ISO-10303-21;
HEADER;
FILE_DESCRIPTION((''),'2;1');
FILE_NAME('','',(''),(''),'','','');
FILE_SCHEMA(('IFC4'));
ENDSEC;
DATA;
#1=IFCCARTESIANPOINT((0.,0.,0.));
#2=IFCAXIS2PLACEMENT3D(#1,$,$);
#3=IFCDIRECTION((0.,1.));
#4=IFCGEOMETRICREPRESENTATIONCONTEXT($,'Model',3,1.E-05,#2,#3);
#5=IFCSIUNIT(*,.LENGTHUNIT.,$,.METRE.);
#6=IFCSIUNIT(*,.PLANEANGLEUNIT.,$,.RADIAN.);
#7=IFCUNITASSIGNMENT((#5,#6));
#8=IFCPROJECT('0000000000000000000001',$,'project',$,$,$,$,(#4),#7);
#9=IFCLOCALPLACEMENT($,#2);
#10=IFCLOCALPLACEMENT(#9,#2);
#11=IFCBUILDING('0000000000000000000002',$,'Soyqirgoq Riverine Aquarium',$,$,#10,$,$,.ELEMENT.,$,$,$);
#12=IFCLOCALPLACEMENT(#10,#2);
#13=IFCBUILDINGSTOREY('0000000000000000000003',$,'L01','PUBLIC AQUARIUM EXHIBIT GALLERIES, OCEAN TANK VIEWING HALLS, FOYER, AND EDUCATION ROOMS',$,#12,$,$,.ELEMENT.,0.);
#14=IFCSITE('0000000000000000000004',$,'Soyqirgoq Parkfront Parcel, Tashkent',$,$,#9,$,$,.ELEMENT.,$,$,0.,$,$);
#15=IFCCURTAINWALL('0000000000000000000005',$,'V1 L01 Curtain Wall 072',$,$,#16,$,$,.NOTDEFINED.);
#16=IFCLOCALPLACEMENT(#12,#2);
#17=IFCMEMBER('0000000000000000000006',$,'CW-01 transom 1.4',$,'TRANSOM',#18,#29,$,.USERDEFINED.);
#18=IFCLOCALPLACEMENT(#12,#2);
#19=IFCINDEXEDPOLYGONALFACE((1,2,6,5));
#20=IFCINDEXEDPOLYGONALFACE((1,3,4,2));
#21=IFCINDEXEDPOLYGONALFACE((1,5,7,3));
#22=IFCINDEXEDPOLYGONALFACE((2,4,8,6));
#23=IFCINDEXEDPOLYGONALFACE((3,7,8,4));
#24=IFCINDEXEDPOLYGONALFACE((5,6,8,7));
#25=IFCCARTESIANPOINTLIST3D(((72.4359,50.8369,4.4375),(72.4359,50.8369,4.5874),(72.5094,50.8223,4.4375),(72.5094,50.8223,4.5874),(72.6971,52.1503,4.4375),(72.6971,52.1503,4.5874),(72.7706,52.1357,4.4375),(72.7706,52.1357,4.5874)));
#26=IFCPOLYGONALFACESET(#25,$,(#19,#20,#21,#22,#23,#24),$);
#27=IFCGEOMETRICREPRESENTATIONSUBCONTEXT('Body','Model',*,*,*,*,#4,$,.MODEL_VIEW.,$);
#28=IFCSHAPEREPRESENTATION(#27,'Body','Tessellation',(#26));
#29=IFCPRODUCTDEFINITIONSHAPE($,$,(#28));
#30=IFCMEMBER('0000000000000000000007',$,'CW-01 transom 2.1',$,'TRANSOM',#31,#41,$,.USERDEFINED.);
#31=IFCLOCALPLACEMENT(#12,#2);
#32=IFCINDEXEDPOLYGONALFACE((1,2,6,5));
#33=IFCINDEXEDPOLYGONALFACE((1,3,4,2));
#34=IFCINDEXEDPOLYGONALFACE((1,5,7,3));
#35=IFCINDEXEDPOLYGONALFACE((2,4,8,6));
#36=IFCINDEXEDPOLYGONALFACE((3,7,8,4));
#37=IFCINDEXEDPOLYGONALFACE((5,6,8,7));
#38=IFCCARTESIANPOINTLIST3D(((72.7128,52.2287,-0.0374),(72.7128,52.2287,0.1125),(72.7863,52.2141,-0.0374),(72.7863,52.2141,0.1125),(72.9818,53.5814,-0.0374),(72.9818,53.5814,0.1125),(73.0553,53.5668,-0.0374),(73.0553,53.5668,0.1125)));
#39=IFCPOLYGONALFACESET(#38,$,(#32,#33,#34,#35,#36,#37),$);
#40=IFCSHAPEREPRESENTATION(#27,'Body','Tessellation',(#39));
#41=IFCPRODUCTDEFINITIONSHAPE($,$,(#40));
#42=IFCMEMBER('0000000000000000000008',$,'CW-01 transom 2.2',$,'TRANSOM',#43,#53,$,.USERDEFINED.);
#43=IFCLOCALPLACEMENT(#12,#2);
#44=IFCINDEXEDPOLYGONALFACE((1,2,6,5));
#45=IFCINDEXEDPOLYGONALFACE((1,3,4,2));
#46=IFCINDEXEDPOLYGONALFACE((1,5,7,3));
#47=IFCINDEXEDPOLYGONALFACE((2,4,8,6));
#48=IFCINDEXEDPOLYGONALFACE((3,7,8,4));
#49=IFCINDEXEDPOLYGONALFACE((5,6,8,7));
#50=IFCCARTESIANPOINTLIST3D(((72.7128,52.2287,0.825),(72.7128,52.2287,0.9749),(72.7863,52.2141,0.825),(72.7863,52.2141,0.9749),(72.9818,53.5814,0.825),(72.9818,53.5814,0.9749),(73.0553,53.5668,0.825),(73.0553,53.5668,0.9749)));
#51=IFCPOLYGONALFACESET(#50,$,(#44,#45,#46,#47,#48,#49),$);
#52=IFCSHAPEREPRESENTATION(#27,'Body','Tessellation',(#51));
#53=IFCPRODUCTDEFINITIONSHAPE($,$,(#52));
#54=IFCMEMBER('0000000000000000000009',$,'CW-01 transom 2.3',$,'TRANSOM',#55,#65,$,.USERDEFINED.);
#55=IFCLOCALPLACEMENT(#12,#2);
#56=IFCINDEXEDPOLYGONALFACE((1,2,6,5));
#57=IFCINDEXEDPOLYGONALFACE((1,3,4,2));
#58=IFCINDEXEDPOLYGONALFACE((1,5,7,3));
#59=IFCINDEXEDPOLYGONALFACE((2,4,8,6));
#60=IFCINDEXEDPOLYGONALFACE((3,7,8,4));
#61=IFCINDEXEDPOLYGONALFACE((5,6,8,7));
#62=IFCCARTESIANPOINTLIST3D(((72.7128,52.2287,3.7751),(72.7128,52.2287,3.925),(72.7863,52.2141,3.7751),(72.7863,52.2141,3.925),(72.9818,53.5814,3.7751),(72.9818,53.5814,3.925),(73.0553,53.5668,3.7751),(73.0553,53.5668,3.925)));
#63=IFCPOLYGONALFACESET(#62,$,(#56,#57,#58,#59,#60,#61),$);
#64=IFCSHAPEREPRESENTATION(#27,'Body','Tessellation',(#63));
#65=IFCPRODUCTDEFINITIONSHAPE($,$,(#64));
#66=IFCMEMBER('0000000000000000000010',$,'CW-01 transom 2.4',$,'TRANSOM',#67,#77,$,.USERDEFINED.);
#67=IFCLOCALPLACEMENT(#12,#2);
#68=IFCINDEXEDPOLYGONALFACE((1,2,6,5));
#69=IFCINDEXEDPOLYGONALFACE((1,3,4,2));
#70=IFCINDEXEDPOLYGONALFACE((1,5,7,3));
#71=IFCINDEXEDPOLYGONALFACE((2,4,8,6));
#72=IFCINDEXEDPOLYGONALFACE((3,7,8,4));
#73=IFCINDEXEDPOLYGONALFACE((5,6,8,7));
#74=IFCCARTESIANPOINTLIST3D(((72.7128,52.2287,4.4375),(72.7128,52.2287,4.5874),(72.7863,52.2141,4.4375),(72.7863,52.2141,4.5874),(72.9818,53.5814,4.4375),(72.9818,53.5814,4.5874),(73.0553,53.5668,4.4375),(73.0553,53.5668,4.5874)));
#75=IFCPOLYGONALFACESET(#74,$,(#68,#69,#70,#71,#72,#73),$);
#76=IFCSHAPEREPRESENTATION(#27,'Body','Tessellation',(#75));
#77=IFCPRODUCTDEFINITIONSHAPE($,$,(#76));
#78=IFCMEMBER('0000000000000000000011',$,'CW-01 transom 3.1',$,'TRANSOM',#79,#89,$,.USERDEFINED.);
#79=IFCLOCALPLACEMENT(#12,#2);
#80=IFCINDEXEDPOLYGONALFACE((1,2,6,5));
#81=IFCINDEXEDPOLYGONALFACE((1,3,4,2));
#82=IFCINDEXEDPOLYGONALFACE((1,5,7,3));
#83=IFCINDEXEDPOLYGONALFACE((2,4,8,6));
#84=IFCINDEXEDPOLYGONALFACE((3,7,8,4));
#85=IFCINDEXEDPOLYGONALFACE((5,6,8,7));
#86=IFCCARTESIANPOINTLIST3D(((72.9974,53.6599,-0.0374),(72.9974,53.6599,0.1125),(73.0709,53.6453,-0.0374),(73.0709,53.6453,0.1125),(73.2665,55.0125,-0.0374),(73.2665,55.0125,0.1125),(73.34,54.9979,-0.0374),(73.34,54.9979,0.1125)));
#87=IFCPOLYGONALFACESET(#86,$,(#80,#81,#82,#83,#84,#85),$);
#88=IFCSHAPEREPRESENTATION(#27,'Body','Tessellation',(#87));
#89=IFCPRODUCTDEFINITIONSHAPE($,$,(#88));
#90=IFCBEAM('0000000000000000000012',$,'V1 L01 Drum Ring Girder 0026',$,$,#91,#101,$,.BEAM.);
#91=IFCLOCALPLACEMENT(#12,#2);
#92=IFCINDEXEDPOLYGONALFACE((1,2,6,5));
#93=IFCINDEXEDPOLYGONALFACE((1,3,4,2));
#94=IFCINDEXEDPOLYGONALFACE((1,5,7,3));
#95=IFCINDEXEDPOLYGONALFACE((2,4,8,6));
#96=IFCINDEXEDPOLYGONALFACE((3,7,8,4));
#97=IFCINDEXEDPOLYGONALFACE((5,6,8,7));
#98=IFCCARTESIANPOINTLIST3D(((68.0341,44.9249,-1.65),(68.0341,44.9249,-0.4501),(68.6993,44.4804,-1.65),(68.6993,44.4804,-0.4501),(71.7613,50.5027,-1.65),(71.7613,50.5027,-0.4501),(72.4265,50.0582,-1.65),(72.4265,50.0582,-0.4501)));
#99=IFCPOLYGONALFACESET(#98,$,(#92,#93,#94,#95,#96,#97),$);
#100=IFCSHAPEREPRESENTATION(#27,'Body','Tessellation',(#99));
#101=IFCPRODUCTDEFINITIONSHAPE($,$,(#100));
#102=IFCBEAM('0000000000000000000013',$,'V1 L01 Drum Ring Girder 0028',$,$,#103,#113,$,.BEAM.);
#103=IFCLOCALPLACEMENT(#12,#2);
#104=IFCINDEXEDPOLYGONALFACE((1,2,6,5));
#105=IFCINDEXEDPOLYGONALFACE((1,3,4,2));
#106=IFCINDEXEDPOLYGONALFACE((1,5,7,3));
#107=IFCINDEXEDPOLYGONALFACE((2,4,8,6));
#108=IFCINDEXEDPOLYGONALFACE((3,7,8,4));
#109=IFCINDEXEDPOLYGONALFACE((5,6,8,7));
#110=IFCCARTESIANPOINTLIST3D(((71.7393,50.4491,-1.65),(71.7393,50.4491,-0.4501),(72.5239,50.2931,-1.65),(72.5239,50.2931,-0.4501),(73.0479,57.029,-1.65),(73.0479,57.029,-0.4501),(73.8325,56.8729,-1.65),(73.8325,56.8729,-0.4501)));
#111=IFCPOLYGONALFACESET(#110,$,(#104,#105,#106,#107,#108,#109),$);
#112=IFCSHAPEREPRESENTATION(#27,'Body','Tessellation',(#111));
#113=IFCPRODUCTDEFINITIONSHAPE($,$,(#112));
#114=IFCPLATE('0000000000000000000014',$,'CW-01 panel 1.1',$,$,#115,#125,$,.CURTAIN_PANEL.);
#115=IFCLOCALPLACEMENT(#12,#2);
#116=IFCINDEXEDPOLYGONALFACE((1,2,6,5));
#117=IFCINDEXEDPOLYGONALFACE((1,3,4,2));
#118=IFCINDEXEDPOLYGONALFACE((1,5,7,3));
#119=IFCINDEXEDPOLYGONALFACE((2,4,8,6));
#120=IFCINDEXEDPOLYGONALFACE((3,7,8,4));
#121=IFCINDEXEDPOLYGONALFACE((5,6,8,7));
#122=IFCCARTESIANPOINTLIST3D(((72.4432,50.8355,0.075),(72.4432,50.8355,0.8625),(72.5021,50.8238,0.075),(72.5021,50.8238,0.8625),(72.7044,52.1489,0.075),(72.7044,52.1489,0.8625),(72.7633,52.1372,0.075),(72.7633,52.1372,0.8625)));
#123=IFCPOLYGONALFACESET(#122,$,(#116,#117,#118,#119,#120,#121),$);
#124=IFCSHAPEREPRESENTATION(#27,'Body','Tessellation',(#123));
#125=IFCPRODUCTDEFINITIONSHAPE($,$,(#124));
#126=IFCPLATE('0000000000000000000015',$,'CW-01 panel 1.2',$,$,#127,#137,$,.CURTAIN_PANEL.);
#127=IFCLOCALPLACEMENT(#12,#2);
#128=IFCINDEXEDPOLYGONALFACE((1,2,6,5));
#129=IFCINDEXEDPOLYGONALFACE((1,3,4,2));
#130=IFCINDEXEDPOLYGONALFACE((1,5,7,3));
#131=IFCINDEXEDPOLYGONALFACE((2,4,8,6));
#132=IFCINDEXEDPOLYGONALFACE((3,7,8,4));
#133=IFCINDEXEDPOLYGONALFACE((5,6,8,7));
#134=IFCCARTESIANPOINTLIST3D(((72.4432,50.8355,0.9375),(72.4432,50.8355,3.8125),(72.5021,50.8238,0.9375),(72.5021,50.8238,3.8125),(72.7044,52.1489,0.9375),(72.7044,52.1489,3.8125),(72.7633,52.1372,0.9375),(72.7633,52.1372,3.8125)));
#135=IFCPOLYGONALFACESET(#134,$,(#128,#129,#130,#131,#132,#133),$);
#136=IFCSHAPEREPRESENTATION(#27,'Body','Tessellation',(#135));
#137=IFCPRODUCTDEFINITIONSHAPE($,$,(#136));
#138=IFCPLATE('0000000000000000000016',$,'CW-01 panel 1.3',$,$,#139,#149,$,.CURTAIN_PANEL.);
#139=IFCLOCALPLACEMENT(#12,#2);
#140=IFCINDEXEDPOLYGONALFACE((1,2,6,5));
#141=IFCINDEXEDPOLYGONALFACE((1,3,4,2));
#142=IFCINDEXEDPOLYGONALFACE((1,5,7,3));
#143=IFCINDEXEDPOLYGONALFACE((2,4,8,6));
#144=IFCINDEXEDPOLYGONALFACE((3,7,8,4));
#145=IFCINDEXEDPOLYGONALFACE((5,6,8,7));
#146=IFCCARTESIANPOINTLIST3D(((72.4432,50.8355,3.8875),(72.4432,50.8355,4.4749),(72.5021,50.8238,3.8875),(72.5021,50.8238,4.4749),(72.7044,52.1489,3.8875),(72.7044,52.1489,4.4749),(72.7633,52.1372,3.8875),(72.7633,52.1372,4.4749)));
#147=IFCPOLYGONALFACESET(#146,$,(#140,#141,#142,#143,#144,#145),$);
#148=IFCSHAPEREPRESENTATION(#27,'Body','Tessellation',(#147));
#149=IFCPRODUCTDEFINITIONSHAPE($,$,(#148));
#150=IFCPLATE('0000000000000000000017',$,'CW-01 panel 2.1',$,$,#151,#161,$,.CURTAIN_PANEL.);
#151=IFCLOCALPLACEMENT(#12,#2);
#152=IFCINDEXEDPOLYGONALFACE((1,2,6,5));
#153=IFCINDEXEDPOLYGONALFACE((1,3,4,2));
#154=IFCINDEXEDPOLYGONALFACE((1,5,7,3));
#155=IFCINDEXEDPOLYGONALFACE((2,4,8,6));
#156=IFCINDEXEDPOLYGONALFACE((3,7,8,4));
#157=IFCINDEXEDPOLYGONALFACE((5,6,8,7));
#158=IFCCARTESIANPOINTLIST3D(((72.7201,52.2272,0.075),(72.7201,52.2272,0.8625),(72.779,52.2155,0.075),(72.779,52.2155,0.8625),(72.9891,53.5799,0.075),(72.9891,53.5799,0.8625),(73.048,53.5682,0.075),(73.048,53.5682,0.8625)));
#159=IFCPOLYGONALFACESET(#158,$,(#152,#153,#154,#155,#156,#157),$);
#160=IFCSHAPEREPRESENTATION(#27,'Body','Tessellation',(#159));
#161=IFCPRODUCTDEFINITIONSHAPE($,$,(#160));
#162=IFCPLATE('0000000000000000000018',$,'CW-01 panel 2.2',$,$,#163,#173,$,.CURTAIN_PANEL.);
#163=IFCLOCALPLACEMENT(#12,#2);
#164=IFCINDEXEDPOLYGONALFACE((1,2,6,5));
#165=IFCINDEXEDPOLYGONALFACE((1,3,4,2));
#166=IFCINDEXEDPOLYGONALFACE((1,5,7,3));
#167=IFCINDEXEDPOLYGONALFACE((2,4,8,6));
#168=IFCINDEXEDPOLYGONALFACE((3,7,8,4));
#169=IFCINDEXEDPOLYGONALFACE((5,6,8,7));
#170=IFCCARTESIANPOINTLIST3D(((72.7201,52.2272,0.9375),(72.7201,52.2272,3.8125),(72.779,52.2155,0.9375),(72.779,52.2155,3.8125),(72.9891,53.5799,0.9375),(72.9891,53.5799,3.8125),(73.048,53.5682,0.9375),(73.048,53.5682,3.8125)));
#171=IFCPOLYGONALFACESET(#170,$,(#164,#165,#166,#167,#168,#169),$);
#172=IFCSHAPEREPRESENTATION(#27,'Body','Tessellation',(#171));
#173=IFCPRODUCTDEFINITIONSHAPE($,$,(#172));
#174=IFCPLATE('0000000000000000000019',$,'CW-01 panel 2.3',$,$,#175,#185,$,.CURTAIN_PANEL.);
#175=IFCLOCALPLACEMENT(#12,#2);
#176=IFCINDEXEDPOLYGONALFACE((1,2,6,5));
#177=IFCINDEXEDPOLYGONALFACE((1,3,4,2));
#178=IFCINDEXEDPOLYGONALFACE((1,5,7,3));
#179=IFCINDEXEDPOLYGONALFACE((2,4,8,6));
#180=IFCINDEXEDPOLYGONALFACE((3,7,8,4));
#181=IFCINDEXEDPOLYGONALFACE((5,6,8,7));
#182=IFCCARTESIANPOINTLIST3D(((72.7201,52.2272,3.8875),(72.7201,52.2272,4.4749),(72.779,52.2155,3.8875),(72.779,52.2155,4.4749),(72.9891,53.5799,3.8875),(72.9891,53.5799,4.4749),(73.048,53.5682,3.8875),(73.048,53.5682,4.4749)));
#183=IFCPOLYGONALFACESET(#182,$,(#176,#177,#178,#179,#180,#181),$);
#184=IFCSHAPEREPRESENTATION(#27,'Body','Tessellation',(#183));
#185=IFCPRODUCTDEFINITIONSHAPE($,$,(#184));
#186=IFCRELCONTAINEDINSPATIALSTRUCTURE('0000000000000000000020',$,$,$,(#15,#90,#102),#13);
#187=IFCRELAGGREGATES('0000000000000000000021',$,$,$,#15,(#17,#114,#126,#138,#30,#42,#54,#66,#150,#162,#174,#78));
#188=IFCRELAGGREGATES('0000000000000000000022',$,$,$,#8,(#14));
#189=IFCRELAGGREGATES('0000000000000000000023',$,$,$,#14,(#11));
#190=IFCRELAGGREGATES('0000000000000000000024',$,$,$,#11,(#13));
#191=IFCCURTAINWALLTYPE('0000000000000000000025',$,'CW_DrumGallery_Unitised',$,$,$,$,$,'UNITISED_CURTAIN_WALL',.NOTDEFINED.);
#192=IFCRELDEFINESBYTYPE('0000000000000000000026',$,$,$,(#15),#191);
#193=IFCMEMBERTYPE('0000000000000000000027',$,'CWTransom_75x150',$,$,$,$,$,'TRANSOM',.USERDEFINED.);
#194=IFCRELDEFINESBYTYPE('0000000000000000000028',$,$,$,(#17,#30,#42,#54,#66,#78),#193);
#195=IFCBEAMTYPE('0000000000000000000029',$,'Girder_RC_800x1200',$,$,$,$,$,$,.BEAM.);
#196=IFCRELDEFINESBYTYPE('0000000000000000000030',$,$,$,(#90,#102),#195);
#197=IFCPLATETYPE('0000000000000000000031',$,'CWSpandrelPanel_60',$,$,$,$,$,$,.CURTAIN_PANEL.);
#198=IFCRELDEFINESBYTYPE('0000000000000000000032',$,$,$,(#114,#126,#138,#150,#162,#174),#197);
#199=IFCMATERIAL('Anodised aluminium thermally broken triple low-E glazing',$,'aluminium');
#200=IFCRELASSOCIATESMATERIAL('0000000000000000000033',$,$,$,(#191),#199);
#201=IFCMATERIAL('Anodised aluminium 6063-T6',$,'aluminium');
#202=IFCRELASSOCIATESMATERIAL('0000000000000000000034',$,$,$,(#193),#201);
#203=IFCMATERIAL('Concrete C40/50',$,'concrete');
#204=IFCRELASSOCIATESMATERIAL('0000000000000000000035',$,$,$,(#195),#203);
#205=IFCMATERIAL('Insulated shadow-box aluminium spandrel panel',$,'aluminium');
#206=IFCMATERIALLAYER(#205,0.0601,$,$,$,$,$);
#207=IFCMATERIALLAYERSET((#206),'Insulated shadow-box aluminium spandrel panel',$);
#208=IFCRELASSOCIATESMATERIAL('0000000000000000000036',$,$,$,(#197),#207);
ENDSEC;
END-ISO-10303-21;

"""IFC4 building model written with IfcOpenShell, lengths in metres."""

from ifc_helpers import new_model, si_unit, direction, frame, origin, origin_2d, place, context, subcontext, project, spatial, rectangle, extrude, material, layer, layer_set, material_profile, profile_set, type_object, element, aggregate, save


model = new_model("IFC4")

# Units and contexts
model_context = context("Model", 3, precision=1e-05, world=origin(), true_north=direction((0.0, 1.0)))
body_context = subcontext(model_context, "Body", "Model", "MODEL_VIEW")
ifc_project = project(units=[si_unit("LENGTHUNIT", "METRE"), si_unit("PLANEANGLEUNIT", "RADIAN")], contexts=[model_context])

# Site, building, storey
site_placement = place(None, origin())
site = spatial("IfcSite", under=ifc_project, at=site_placement, Name="Soyqirgoq Parkfront Parcel, Tashkent", CompositionType="ELEMENT", RefElevation=0.0)
building_placement = place(site_placement, origin())
building = spatial("IfcBuilding", under=site, at=building_placement, Name="Soyqirgoq Riverine Aquarium", CompositionType="ELEMENT")
storey_placement = place(building_placement, origin())
storey = spatial("IfcBuildingStorey", under=building, at=storey_placement, Name="L01", Description="PUBLIC AQUARIUM EXHIBIT GALLERIES, OCEAN TANK VIEWING HALLS, FOYER, AND EDUCATION ROOMS", CompositionType="ELEMENT", Elevation=0.0)

# Curtain wall, members
ifc_material_1 = material(Name="Anodised aluminium thermally broken triple low-E glazing", Category="aluminium")
curtain_wall_type = type_object("IfcCurtainWallType", Name="CW_DrumGallery_Unitised", ElementType="UNITISED_CURTAIN_WALL", PredefinedType="NOTDEFINED", material=ifc_material_1)
curtain_wall_placement = place(storey_placement, origin())
curtain_wall = element("IfcCurtainWall", 1, at=curtain_wall_placement, inside=storey, type_object=curtain_wall_type, Name="V1 L01 Curtain Wall 072", PredefinedType="NOTDEFINED")
ifc_material_2 = material(Name="Anodised aluminium 6063-T6", Category="aluminium")
ifc_material_profile_1 = material_profile(ifc_material_2, rectangle(XDim=0.075, YDim=0.1499, at=origin_2d()), Name="ALU-T 75x150")
ifc_profile_set_1 = profile_set([ifc_material_profile_1], Name="Anodised aluminium 6063-T6")
member_type_1 = type_object("IfcMemberType", Name="CWTransom_75x150", ElementType="TRANSOM", PredefinedType="USERDEFINED", material=ifc_profile_set_1)
member_1_placement = place(storey_placement, frame((72.4727, 50.8296, 4.5125), z_axis=(0.195064, 0.98079, 0.0), x_axis=(-0.98079, 0.195064, 0.0)))
member_1 = element("IfcMember", 2, at=member_1_placement, type_object=member_type_1, Name="CW-01 transom 1.4", ObjectType="TRANSOM", PredefinedType="USERDEFINED", context=body_context, shape_type="SweptSolid", body=[
    extrude(rectangle(XDim=0.075, YDim=0.1499, at=origin_2d()), origin(), (0.0, 0.0, 1.0), 1.3391),
])
member_2_placement = place(storey_placement, frame((72.7495, 52.2214, 0.0376), z_axis=(0.195095, 0.980784, 0.0), x_axis=(-0.980784, 0.195095, 0.0)))
member_2 = element("IfcMember", 3, at=member_2_placement, type_object=member_type_1, Name="CW-01 transom 2.1", ObjectType="TRANSOM", PredefinedType="USERDEFINED", context=body_context, shape_type="SweptSolid", body=[
    extrude(rectangle(XDim=0.075, YDim=0.1499, at=origin_2d()), origin(), (0.0, 0.0, 1.0), 1.3792),
])
member_3_placement = place(storey_placement, frame((72.7495, 52.2214, 0.8999), z_axis=(0.195095, 0.980784, 0.0), x_axis=(-0.980784, 0.195095, 0.0)))
member_3 = element("IfcMember", 4, at=member_3_placement, type_object=member_type_1, Name="CW-01 transom 2.2", ObjectType="TRANSOM", PredefinedType="USERDEFINED", context=body_context, shape_type="SweptSolid", body=[
    extrude(rectangle(XDim=0.075, YDim=0.1499, at=origin_2d()), origin(), (0.0, 0.0, 1.0), 1.3792),
])
member_4_placement = place(storey_placement, frame((72.7495, 52.2214, 3.8501), z_axis=(0.195095, 0.980784, 0.0), x_axis=(-0.980784, 0.195095, 0.0)))
member_4 = element("IfcMember", 5, at=member_4_placement, type_object=member_type_1, Name="CW-01 transom 2.3", ObjectType="TRANSOM", PredefinedType="USERDEFINED", context=body_context, shape_type="SweptSolid", body=[
    extrude(rectangle(XDim=0.075, YDim=0.1499, at=origin_2d()), origin(), (0.0, 0.0, 1.0), 1.3792),
])
member_5_placement = place(storey_placement, frame((72.7495, 52.2214, 4.5125), z_axis=(0.195095, 0.980784, 0.0), x_axis=(-0.980784, 0.195095, 0.0)))
member_5 = element("IfcMember", 6, at=member_5_placement, type_object=member_type_1, Name="CW-01 transom 2.4", ObjectType="TRANSOM", PredefinedType="USERDEFINED", context=body_context, shape_type="SweptSolid", body=[
    extrude(rectangle(XDim=0.075, YDim=0.1499, at=origin_2d()), origin(), (0.0, 0.0, 1.0), 1.3792),
])
member_6_placement = place(storey_placement, frame((73.0342, 53.6526, 0.0376), z_axis=(0.195095, 0.980784, 0.0), x_axis=(-0.980784, 0.195095, 0.0)))
member_6 = element("IfcMember", 7, at=member_6_placement, type_object=member_type_1, Name="CW-01 transom 3.1", ObjectType="TRANSOM", PredefinedType="USERDEFINED", context=body_context, shape_type="SweptSolid", body=[
    extrude(rectangle(XDim=0.075, YDim=0.1499, at=origin_2d()), origin(), (0.0, 0.0, 1.0), 1.3792),
])

# Beams
ifc_material_3 = material(Name="Concrete C40/50", Category="concrete")
ifc_material_profile_2 = material_profile(ifc_material_3, rectangle(XDim=0.8, YDim=1.2, at=origin_2d()), Name="RC 800x1200")
ifc_profile_set_2 = profile_set([ifc_material_profile_2], Name="Concrete C40/50")
beam_type = type_object("IfcBeamType", Name="Girder_RC_800x1200", PredefinedType="BEAM", material=ifc_profile_set_2)
beam_1_placement = place(storey_placement, frame((68.3667, 44.7026, -1.05), z_axis=(0.555598, 0.831451, 0.0), x_axis=(-0.831451, 0.555598, 0.0)))
element("IfcBeam", 8, at=beam_1_placement, inside=storey, type_object=beam_type, Name="V1 L01 Drum Ring Girder 0026", PredefinedType="BEAM", context=body_context, shape_type="SweptSolid", body=[
    extrude(rectangle(XDim=0.8, YDim=1.2, at=origin_2d()), origin(), (0.0, 0.0, 1.0), 6.7085),
])
beam_2_placement = place(storey_placement, frame((72.1316, 50.3711, -1.05), z_axis=(0.195059, 0.980791, 0.0), x_axis=(-0.980791, 0.195059, 0.0)))
element("IfcBeam", 9, at=beam_2_placement, inside=storey, type_object=beam_type, Name="V1 L01 Drum Ring Girder 0028", PredefinedType="BEAM", context=body_context, shape_type="SweptSolid", body=[
    extrude(rectangle(XDim=0.8, YDim=1.2, at=origin_2d()), origin(), (0.0, 0.0, 1.0), 6.7087),
])

# Plates
ifc_material_4 = material(Name="Insulated shadow-box aluminium spandrel panel", Category="aluminium")
ifc_layer_1 = layer(ifc_material_4, 0.0601)
ifc_layer_set_1 = layer_set([ifc_layer_1], Name="Insulated shadow-box aluminium spandrel panel")
plate_type = type_object("IfcPlateType", Name="CWSpandrelPanel_60", PredefinedType="CURTAIN_PANEL", material=ifc_layer_set_1)
plate_1_placement = place(storey_placement, frame((72.6033, 51.4863, 0.075), z_axis=(0.0, 0.0, 1.0), x_axis=(0.195075, 0.980788, 0.0)))
plate_1 = element("IfcPlate", 10, at=plate_1_placement, type_object=plate_type, Name="CW-01 panel 1.1", PredefinedType="CURTAIN_PANEL", context=body_context, shape_type="SweptSolid", body=[
    extrude(rectangle(XDim=1.3391, YDim=0.0601, at=origin_2d()), origin(), (0.0, 0.0, 1.0), 0.7876),
])
plate_2_placement = place(storey_placement, frame((72.6033, 51.4863, 0.9375), z_axis=(0.0, 0.0, 1.0), x_axis=(0.195075, 0.980788, 0.0)))
plate_2 = element("IfcPlate", 11, at=plate_2_placement, type_object=plate_type, Name="CW-01 panel 1.2", PredefinedType="CURTAIN_PANEL", context=body_context, shape_type="SweptSolid", body=[
    extrude(rectangle(XDim=1.3391, YDim=0.0601, at=origin_2d()), origin(), (0.0, 0.0, 1.0), 2.875),
])
plate_3_placement = place(storey_placement, frame((72.6033, 51.4863, 3.8875), z_axis=(0.0, 0.0, 1.0), x_axis=(0.195075, 0.980788, 0.0)))
plate_3 = element("IfcPlate", 12, at=plate_3_placement, type_object=plate_type, Name="CW-01 panel 1.3", PredefinedType="CURTAIN_PANEL", context=body_context, shape_type="SweptSolid", body=[
    extrude(rectangle(XDim=1.3391, YDim=0.0601, at=origin_2d()), origin(), (0.0, 0.0, 1.0), 0.5874),
])
plate_4_placement = place(storey_placement, frame((72.884, 52.8977, 0.075), z_axis=(0.0, 0.0, 1.0), x_axis=(0.195075, 0.980788, 0.0)))
plate_4 = element("IfcPlate", 13, at=plate_4_placement, type_object=plate_type, Name="CW-01 panel 2.1", PredefinedType="CURTAIN_PANEL", context=body_context, shape_type="SweptSolid", body=[
    extrude(rectangle(XDim=1.3792, YDim=0.0601, at=origin_2d()), origin(), (0.0, 0.0, 1.0), 0.7876),
])
plate_5_placement = place(storey_placement, frame((72.884, 52.8977, 0.9375), z_axis=(0.0, 0.0, 1.0), x_axis=(0.195075, 0.980788, 0.0)))
plate_5 = element("IfcPlate", 14, at=plate_5_placement, type_object=plate_type, Name="CW-01 panel 2.2", PredefinedType="CURTAIN_PANEL", context=body_context, shape_type="SweptSolid", body=[
    extrude(rectangle(XDim=1.3792, YDim=0.0601, at=origin_2d()), origin(), (0.0, 0.0, 1.0), 2.875),
])
plate_6_placement = place(storey_placement, frame((72.884, 52.8977, 3.8875), z_axis=(0.0, 0.0, 1.0), x_axis=(0.195075, 0.980788, 0.0)))
plate_6 = element("IfcPlate", 15, at=plate_6_placement, type_object=plate_type, Name="CW-01 panel 2.3", PredefinedType="CURTAIN_PANEL", context=body_context, shape_type="SweptSolid", body=[
    extrude(rectangle(XDim=1.3792, YDim=0.0601, at=origin_2d()), origin(), (0.0, 0.0, 1.0), 0.5874),
])
aggregate(curtain_wall, [member_1, plate_1, plate_2, plate_3, member_2, member_3, member_4, member_5, plate_4, plate_5, plate_6, member_6])

save(model, "model.ifc")
